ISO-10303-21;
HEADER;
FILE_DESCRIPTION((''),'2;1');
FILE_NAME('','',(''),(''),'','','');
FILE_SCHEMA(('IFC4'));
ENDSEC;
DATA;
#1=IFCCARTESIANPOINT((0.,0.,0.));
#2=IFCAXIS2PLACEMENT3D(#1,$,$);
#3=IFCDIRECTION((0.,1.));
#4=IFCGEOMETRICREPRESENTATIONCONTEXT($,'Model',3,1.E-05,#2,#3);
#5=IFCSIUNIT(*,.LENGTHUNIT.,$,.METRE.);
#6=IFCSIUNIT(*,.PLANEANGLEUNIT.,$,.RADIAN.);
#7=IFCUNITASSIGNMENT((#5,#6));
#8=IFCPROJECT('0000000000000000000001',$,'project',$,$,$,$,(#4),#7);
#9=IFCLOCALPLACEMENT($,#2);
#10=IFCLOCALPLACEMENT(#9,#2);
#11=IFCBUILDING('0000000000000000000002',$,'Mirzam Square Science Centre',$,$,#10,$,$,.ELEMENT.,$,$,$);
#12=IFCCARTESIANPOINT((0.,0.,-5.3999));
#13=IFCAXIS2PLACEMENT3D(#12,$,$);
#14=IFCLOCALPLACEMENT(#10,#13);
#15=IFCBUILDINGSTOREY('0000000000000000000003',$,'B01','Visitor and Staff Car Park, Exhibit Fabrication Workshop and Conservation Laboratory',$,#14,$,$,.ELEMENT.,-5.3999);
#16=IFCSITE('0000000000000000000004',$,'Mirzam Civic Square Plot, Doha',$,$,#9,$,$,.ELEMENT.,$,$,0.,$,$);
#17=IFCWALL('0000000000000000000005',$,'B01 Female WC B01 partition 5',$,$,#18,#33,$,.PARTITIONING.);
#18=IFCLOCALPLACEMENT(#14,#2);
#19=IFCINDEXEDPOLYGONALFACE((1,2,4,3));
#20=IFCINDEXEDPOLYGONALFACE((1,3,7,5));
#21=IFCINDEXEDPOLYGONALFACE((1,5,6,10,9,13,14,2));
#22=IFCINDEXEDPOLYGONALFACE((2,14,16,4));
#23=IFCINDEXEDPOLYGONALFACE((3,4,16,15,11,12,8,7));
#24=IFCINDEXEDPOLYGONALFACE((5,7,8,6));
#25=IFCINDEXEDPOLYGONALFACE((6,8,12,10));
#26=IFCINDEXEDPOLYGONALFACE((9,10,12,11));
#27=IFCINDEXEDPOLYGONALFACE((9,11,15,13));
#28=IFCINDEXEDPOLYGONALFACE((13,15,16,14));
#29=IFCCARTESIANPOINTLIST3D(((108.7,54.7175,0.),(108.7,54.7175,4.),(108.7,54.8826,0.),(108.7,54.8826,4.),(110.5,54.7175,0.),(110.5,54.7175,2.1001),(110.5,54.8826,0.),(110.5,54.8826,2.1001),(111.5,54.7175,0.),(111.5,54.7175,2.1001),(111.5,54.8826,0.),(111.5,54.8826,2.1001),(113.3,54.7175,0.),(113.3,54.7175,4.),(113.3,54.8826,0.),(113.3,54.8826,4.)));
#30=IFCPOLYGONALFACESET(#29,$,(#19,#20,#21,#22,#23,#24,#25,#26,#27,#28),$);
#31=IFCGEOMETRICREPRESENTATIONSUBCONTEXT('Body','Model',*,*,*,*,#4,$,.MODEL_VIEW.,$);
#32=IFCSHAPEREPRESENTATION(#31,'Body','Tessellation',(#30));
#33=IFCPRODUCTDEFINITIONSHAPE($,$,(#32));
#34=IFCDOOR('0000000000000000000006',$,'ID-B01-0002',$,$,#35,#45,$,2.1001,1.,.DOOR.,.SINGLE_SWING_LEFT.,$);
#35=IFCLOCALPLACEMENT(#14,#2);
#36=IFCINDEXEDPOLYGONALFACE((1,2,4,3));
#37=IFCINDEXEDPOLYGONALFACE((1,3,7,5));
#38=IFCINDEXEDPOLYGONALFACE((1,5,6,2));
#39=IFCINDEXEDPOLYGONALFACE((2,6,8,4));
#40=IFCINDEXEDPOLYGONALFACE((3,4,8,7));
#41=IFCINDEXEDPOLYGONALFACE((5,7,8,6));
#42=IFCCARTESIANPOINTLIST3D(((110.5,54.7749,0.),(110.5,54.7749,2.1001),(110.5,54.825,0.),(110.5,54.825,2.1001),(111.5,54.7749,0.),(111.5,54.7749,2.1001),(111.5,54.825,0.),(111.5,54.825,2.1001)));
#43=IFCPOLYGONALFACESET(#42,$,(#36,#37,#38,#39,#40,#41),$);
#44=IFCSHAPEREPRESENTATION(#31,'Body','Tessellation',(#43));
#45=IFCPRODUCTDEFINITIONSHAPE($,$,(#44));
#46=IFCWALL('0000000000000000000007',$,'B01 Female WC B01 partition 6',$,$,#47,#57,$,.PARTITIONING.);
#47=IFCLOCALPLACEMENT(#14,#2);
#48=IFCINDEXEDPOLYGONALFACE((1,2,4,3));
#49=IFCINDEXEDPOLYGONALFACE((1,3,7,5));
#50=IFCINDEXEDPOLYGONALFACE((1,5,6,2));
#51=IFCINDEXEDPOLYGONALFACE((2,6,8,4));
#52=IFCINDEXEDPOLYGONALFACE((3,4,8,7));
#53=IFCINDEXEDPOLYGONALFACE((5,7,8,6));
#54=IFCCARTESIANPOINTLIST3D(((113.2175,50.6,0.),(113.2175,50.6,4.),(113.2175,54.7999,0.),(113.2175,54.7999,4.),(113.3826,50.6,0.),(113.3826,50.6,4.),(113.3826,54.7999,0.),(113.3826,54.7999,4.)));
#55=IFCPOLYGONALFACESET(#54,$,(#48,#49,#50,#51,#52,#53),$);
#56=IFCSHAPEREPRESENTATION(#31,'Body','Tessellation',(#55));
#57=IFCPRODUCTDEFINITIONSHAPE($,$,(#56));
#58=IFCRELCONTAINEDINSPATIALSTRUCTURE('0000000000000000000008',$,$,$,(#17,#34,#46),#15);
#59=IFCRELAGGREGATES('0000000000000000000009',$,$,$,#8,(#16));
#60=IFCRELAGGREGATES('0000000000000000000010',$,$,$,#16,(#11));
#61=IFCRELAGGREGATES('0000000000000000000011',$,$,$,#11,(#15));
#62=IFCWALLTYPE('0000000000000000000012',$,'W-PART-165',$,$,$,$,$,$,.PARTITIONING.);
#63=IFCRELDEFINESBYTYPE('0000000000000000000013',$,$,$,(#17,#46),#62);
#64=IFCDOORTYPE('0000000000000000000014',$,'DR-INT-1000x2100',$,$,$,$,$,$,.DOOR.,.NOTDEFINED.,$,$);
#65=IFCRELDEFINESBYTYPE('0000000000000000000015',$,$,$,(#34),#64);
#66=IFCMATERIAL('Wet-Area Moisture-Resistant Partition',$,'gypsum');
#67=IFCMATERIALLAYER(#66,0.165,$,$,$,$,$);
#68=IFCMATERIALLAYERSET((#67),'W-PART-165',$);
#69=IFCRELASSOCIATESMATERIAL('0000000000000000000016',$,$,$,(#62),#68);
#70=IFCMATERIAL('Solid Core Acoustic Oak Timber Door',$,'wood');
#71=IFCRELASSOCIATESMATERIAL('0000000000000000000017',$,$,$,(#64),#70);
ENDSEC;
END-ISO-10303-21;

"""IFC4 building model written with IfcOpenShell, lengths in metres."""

from ifc_helpers import new_model, si_unit, direction, frame, frame_2d, origin, place, context, subcontext, project, spatial, rectangle, extrude, material, layer, layer_set, type_object, element, fill, save


model = new_model("IFC4")

# Units and contexts
model_context = context("Model", 3, precision=1e-05, world=origin(), true_north=direction((0.0, 1.0)))
body_context = subcontext(model_context, "Body", "Model", "MODEL_VIEW")
ifc_project = project(units=[si_unit("LENGTHUNIT", "METRE"), si_unit("PLANEANGLEUNIT", "RADIAN")], contexts=[model_context])

# Site, building, storey
site_placement = place(None, origin())
site = spatial("IfcSite", under=ifc_project, at=site_placement, Name="Mirzam Civic Square Plot, Doha", CompositionType="ELEMENT", RefElevation=0.0)
building_placement = place(site_placement, origin())
building = spatial("IfcBuilding", under=site, at=building_placement, Name="Mirzam Square Science Centre", CompositionType="ELEMENT")
storey_placement = place(building_placement, frame((0.0, 0.0, -5.3999)))
storey = spatial("IfcBuildingStorey", under=building, at=storey_placement, Name="B01", Description="Visitor and Staff Car Park, Exhibit Fabrication Workshop and Conservation Laboratory", CompositionType="ELEMENT", Elevation=-5.3999)

# Shared definitions
ifc_material_1 = material(Name="Solid Core Acoustic Oak Timber Door", Category="wood")

# Wall, opening, door
ifc_material_2 = material(Name="Wet-Area Moisture-Resistant Partition", Category="gypsum")
ifc_layer_1 = layer(ifc_material_2, 0.165)
ifc_layer_set_1 = layer_set([ifc_layer_1], Name="W-PART-165")
wall_type_1 = type_object("IfcWallType", Name="W-PART-165", PredefinedType="PARTITIONING", material=ifc_layer_set_1)
wall_1_placement = place(storey_placement, frame((108.7, 54.8, 0.0), z_axis=(0.0, 0.0, 1.0), x_axis=(1.0, 0.0, 0.0)))
wall_1 = element("IfcWall", 1, at=wall_1_placement, inside=storey, type_object=wall_type_1, Name="B01 Female WC B01 partition 5", PredefinedType="PARTITIONING", context=body_context, shape_type="SweptSolid", body=[
    extrude(rectangle(XDim=4.6001, YDim=0.165, at=frame_2d((2.3, 0.0))), origin(), (0.0, 0.0, 1.0), 4.0),
])
opening_1_placement = place(wall_1_placement, frame((1.8, 0.0, 0.0)))
opening_1 = element("IfcOpeningElement", 2, at=opening_1_placement, cuts=wall_1, PredefinedType="OPENING", context=body_context, shape_type="SweptSolid", body=[
    extrude(rectangle(XDim=1.0, YDim=2.1001, at=frame_2d((0.5, 1.05))), frame((0.0, 0.0925, 0.0), z_axis=(0.0, -1.0, 0.0), x_axis=(1.0, 0.0, 0.0)), (0.0, 0.0, 1.0), 0.1851),
])
door_type_1 = type_object("IfcDoorType", Name="DR-INT-1000x2100", OperationType="NOTDEFINED", PredefinedType="DOOR", material=ifc_material_1)
door_1_placement = place(opening_1_placement, origin())
door_1 = element("IfcDoor", 3, at=door_1_placement, inside=storey, type_object=door_type_1, Name="ID-B01-0002", OperationType="SINGLE_SWING_LEFT", OverallHeight=2.1001, OverallWidth=1.0, PredefinedType="DOOR", context=body_context, shape_type="SweptSolid", body=[
    extrude(rectangle(XDim=1.0, YDim=2.1001, at=frame_2d((0.5, 1.05))), frame((0.0, 0.0249, 0.0), z_axis=(0.0, -1.0, 0.0), x_axis=(1.0, 0.0, 0.0)), (0.0, 0.0, 1.0), 0.05),
])
fill(opening_1, door_1)

# Wall
wall_2_placement = place(storey_placement, frame((113.3, 54.8, 0.0), z_axis=(0.0, 0.0, 1.0), x_axis=(0.0, -1.0, 0.0)))
element("IfcWall", 4, at=wall_2_placement, inside=storey, type_object=wall_type_1, Name="B01 Female WC B01 partition 6", PredefinedType="PARTITIONING", context=body_context, shape_type="SweptSolid", body=[
    extrude(rectangle(XDim=4.2, YDim=0.165, at=frame_2d((2.1001, 0.0))), origin(), (0.0, 0.0, 1.0), 4.0),
])

save(model, "model.ifc")
